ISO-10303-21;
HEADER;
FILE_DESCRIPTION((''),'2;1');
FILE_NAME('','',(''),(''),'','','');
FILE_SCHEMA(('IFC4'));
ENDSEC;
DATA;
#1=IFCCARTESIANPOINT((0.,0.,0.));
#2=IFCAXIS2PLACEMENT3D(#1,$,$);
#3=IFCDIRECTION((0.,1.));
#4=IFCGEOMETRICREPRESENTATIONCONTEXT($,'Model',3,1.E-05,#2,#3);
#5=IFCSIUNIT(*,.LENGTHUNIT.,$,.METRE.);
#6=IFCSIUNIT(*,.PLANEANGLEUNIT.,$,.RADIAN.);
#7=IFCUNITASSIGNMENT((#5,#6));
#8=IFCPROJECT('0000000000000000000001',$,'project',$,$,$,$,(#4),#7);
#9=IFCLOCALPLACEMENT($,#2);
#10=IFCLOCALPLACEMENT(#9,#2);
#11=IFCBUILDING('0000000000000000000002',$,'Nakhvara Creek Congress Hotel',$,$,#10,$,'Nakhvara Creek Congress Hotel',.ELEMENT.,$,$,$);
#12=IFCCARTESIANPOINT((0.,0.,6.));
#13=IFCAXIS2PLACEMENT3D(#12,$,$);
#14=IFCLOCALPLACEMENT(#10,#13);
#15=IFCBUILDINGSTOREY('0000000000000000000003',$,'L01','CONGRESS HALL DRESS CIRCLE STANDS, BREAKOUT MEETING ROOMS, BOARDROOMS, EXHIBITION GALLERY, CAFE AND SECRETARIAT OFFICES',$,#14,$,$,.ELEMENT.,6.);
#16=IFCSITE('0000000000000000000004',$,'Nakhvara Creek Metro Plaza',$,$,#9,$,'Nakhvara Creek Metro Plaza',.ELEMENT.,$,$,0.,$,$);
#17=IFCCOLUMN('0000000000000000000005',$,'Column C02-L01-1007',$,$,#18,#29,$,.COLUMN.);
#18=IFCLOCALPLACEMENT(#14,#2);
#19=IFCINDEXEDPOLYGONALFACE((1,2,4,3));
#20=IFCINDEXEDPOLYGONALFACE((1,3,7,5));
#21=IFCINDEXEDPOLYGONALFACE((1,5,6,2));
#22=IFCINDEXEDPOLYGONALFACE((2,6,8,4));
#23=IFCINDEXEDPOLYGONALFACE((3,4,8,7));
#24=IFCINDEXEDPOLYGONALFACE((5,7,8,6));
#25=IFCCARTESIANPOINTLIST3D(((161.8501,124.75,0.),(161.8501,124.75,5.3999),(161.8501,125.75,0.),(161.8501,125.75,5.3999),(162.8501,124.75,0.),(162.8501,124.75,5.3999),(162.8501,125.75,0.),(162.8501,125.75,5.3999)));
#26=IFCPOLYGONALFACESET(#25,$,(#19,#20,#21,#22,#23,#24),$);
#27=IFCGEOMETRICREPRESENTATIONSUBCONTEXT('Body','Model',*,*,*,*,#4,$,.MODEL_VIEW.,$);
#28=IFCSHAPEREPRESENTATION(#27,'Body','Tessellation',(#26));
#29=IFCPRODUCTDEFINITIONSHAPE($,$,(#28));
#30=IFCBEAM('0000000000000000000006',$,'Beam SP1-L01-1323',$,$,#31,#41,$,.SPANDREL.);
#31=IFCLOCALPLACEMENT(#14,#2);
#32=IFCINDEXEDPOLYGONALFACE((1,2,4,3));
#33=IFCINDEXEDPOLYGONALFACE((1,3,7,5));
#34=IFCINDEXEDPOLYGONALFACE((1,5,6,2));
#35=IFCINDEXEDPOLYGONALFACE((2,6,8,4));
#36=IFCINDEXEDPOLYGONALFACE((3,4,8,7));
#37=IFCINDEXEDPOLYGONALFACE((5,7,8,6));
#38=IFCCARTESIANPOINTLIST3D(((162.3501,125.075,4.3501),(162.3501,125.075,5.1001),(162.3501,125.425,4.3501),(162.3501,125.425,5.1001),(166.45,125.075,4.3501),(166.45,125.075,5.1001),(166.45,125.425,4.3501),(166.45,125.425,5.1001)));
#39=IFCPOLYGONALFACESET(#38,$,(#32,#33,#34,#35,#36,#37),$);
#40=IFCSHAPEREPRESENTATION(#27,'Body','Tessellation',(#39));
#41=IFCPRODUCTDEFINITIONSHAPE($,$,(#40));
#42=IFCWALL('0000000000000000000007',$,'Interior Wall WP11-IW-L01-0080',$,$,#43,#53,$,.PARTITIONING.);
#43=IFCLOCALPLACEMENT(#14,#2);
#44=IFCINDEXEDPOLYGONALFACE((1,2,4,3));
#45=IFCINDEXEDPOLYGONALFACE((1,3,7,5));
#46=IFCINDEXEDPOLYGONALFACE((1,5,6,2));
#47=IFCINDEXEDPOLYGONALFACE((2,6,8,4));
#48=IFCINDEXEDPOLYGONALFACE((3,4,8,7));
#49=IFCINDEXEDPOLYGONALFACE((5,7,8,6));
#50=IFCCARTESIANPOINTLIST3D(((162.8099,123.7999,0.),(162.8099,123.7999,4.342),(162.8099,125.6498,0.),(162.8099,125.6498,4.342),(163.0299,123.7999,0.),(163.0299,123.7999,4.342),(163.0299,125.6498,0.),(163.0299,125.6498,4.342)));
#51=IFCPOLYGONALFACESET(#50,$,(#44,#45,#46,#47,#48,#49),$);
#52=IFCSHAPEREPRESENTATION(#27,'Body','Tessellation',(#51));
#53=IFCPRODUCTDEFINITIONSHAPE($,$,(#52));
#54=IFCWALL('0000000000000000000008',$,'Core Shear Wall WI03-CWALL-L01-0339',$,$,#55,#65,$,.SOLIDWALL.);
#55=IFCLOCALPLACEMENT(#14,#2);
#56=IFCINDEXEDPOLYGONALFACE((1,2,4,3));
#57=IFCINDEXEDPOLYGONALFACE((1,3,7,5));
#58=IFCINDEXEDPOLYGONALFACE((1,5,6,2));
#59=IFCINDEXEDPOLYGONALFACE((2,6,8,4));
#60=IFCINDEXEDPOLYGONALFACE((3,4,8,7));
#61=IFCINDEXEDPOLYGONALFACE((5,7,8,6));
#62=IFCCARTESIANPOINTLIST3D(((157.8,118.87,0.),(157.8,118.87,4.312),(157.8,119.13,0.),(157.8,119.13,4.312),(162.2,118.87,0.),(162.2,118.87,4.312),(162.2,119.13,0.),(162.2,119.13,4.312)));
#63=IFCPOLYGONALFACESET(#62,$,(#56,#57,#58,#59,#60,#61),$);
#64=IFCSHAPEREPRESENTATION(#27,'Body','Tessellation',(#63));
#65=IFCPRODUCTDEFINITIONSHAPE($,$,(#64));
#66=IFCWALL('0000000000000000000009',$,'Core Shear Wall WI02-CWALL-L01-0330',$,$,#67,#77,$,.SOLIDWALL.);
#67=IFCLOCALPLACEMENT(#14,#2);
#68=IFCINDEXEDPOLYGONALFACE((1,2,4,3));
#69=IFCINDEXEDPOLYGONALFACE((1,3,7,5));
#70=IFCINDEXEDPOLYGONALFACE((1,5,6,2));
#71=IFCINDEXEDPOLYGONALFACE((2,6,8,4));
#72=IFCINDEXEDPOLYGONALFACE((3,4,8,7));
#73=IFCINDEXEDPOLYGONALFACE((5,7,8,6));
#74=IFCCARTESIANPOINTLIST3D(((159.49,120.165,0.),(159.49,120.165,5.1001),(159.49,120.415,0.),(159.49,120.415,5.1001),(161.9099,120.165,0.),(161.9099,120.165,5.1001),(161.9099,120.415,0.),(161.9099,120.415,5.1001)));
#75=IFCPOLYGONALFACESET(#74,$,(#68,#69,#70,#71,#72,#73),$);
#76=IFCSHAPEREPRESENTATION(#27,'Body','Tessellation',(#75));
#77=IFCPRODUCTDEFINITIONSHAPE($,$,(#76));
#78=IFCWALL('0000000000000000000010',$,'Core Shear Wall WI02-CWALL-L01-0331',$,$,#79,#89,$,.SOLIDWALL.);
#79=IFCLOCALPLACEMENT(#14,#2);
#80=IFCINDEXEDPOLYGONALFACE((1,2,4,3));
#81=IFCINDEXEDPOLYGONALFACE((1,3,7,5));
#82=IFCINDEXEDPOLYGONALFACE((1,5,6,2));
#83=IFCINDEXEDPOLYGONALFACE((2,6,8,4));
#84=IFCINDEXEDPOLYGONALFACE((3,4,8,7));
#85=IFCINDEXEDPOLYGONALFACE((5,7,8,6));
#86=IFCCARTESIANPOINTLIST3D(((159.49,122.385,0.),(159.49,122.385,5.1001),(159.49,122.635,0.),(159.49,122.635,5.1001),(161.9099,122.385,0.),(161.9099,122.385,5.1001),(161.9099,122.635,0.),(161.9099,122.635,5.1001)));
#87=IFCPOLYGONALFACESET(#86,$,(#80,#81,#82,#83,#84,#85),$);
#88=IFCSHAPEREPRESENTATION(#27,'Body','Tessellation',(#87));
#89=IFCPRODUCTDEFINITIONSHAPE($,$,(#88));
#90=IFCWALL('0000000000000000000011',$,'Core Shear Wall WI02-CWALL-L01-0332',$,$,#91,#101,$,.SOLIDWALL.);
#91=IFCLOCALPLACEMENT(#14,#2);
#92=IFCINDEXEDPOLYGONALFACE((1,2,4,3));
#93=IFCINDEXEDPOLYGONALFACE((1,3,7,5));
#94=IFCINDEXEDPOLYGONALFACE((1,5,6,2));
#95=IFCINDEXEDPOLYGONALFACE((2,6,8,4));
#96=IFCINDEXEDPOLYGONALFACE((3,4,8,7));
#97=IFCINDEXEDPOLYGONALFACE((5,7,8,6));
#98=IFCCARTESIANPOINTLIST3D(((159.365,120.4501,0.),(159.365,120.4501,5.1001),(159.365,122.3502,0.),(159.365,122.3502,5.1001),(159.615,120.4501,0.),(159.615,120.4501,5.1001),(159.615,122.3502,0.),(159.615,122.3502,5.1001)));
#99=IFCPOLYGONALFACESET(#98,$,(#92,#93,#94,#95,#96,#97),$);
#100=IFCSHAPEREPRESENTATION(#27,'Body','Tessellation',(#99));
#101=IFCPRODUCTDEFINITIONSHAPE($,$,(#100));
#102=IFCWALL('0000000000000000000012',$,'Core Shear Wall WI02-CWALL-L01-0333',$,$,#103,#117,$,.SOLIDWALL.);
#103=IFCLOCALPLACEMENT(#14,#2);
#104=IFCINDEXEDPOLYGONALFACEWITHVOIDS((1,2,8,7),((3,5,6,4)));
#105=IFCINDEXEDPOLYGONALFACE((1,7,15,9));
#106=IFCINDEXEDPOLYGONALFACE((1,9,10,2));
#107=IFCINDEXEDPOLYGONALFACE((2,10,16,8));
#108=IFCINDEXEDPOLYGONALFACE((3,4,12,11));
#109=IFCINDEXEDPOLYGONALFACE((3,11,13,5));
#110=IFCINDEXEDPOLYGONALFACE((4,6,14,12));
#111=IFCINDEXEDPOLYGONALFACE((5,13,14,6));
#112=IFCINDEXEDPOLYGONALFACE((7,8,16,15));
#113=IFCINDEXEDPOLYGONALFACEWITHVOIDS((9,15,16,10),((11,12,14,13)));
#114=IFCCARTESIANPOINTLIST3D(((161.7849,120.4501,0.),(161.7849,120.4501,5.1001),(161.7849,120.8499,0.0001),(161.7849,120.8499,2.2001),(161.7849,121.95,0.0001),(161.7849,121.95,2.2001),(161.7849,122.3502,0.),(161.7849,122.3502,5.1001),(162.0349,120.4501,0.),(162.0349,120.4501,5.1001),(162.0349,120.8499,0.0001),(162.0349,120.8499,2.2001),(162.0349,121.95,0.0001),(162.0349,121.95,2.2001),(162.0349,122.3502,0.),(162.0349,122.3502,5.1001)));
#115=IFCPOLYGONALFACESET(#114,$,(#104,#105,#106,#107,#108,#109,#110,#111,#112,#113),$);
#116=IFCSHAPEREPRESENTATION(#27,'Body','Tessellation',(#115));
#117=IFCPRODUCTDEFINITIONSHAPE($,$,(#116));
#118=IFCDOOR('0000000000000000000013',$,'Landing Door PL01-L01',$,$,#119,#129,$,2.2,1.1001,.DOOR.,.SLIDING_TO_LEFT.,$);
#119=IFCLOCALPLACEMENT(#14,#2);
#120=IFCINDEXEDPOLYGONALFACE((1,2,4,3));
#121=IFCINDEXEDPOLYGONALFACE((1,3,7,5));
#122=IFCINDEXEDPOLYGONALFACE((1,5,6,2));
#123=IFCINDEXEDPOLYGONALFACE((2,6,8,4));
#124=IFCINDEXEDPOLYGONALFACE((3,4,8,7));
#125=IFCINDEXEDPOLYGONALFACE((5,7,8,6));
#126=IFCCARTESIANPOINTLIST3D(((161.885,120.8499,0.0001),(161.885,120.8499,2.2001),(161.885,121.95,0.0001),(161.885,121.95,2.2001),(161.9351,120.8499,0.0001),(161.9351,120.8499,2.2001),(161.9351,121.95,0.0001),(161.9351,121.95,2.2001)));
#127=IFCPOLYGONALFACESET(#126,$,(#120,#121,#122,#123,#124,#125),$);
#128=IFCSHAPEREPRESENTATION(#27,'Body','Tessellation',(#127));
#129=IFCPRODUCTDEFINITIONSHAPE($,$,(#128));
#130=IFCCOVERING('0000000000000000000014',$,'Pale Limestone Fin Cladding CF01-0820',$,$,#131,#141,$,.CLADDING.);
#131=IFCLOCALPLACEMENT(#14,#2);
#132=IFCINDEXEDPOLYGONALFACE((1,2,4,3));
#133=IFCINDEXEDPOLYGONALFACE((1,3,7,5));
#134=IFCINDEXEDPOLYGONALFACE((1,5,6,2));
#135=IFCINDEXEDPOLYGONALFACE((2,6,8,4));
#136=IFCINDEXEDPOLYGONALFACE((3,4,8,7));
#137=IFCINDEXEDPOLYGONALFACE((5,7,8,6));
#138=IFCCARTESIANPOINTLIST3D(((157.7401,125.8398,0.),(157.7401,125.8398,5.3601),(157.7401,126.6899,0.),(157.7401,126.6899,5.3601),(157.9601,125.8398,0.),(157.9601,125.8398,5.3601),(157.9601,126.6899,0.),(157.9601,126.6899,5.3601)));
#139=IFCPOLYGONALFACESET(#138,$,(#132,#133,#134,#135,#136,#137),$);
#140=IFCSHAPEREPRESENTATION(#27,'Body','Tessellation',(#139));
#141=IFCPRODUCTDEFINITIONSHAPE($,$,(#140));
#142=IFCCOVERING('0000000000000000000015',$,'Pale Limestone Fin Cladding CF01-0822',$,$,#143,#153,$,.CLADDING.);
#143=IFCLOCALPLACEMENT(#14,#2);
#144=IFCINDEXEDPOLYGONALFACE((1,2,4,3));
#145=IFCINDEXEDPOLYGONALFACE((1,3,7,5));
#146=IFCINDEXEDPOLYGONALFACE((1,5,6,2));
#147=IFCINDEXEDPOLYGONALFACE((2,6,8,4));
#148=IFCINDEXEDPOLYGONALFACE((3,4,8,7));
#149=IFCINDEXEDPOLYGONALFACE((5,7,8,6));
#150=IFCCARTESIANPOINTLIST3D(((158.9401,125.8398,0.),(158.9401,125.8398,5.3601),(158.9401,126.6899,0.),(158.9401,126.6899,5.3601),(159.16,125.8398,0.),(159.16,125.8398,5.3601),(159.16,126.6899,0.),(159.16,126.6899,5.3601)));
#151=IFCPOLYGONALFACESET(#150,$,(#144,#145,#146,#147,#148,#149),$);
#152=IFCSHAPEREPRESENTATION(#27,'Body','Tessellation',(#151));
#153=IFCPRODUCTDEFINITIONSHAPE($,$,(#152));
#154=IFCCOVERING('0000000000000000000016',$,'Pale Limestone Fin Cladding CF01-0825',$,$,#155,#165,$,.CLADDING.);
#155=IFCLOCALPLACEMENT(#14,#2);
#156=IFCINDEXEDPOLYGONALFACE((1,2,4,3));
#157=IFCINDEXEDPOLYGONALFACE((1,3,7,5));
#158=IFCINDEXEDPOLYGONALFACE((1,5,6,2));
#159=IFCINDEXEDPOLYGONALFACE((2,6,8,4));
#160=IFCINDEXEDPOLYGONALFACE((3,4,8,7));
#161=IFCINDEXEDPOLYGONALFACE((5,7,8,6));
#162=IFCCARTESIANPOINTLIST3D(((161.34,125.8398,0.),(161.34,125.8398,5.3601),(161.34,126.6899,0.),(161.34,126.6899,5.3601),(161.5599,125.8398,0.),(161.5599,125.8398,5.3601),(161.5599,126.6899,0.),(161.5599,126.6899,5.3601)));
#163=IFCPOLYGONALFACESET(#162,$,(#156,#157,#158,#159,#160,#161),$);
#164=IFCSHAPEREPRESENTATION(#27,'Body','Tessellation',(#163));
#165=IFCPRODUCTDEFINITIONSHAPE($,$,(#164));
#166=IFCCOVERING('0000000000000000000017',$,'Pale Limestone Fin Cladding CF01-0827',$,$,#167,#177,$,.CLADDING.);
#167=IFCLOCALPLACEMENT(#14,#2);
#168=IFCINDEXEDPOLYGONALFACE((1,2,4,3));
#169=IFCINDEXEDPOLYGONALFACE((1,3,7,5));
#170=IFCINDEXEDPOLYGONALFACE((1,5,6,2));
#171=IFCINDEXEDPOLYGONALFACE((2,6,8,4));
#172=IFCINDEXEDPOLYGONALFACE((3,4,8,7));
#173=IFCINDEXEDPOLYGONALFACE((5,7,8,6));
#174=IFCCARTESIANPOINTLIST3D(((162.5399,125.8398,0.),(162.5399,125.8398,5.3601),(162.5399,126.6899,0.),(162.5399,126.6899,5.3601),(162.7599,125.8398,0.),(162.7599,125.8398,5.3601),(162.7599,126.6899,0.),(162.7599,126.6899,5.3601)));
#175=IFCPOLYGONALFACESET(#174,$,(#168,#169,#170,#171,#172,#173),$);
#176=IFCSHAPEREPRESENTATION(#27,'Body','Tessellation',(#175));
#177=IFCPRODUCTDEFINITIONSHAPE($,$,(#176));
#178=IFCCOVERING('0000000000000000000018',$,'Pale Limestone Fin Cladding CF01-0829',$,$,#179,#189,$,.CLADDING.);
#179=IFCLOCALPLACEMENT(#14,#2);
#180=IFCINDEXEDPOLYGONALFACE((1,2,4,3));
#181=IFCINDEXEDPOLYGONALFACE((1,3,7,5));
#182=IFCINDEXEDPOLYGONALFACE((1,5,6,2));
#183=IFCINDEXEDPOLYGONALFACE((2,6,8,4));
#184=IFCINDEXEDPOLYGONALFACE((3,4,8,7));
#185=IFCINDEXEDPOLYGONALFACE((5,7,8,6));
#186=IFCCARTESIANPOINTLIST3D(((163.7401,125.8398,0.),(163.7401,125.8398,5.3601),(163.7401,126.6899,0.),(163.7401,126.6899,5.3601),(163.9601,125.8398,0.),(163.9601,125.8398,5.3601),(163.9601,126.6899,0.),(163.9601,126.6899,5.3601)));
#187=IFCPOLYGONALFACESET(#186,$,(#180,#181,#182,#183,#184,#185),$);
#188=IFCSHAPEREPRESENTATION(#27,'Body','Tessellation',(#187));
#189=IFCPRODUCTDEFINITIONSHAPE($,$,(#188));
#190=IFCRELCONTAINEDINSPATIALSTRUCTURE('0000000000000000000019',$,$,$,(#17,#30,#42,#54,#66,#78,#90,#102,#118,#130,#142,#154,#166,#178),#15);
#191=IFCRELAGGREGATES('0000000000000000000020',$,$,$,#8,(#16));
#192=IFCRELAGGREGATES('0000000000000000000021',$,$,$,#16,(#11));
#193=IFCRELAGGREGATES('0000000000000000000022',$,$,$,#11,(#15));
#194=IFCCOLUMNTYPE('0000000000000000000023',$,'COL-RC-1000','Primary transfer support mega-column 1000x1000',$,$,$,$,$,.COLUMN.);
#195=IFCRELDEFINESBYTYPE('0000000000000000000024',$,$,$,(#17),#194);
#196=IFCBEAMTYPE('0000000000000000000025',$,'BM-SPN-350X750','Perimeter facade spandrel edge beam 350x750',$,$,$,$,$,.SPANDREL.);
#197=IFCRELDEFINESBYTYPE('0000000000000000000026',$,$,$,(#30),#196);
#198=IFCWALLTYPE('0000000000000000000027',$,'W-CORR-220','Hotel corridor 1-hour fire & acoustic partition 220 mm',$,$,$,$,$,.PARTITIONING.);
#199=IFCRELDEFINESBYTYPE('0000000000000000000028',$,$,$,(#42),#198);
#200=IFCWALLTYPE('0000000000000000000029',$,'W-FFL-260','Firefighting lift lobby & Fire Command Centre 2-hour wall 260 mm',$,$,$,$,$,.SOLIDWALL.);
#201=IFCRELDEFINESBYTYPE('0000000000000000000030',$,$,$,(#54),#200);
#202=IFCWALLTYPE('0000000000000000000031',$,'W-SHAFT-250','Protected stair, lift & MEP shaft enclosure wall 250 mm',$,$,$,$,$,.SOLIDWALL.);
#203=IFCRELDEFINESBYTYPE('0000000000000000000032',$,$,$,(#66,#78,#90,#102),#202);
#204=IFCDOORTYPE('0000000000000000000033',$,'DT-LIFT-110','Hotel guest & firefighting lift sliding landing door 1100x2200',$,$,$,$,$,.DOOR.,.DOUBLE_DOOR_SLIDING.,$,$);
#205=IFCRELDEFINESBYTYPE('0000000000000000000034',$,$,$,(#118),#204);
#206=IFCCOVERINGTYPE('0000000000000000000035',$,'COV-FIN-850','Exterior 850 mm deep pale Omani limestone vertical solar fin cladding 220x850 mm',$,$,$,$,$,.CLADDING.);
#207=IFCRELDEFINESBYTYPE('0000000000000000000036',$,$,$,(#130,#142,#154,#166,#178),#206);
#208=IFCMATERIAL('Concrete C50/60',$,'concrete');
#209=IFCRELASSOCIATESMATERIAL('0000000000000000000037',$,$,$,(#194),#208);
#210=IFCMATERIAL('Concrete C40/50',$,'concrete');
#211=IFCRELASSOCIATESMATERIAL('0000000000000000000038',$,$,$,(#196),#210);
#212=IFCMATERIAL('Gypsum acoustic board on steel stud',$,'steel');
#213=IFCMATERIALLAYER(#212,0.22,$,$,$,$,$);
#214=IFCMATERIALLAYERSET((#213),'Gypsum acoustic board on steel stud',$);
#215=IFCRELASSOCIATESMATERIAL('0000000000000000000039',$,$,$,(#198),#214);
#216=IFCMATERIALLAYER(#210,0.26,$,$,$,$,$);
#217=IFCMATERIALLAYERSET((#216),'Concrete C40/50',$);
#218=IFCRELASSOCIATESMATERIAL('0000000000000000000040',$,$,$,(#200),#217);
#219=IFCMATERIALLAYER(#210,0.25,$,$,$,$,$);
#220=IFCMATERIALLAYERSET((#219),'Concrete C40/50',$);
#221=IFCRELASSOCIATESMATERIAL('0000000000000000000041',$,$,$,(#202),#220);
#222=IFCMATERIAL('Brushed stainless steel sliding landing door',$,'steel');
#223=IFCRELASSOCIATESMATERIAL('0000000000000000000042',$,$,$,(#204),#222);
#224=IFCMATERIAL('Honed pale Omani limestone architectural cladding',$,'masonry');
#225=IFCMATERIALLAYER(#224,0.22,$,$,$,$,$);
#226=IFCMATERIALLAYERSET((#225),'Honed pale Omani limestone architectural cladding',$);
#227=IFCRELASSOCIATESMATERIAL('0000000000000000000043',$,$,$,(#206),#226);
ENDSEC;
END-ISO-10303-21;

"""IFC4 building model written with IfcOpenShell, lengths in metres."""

from ifc_helpers import new_model, si_unit, direction, frame, frame_2d, origin, origin_2d, place, context, subcontext, project, spatial, rectangle, extrude, material, layer, layer_set, material_profile, profile_set, type_object, element, fill, save


model = new_model("IFC4")

# Units and contexts
model_context = context("Model", 3, precision=1e-05, world=origin(), true_north=direction((0.0, 1.0)))
body_context = subcontext(model_context, "Body", "Model", "MODEL_VIEW")
ifc_project = project(units=[si_unit("LENGTHUNIT", "METRE"), si_unit("PLANEANGLEUNIT", "RADIAN")], contexts=[model_context])

# Site, building, storey
site_placement = place(None, origin())
site = spatial("IfcSite", under=ifc_project, at=site_placement, Name="Nakhvara Creek Metro Plaza", LongName="Nakhvara Creek Metro Plaza", CompositionType="ELEMENT", RefElevation=0.0)
building_placement = place(site_placement, origin())
building = spatial("IfcBuilding", under=site, at=building_placement, Name="Nakhvara Creek Congress Hotel", LongName="Nakhvara Creek Congress Hotel", CompositionType="ELEMENT")
storey_placement = place(building_placement, frame((0.0, 0.0, 6.0)))
storey = spatial("IfcBuildingStorey", under=building, at=storey_placement, Name="L01", Description="CONGRESS HALL DRESS CIRCLE STANDS, BREAKOUT MEETING ROOMS, BOARDROOMS, EXHIBITION GALLERY, CAFE AND SECRETARIAT OFFICES", CompositionType="ELEMENT", Elevation=6.0)

# Column
ifc_material_1 = material(Name="Concrete C50/60", Category="concrete")
ifc_material_profile_1 = material_profile(ifc_material_1, rectangle(XDim=1.0, YDim=1.0, at=origin_2d()), Name="RC-COL 1000x1000", Category="LoadBearing")
ifc_profile_set_1 = profile_set([ifc_material_profile_1], Name="Concrete C50/60")
column_type = type_object("IfcColumnType", Name="COL-RC-1000", Description="Primary transfer support mega-column 1000x1000", PredefinedType="COLUMN", material=ifc_profile_set_1)
column_placement = place(storey_placement, frame((162.3501, 125.25, 0.0), z_axis=(0.0, 0.0, 1.0), x_axis=(1.0, 0.0, 0.0)))
element("IfcColumn", 1, at=column_placement, inside=storey, type_object=column_type, Name="Column C02-L01-1007", PredefinedType="COLUMN", context=body_context, shape_type="SweptSolid", body=[
    extrude(rectangle(XDim=1.0, YDim=1.0, at=origin_2d()), origin(), (0.0, 0.0, 1.0), 5.3999),
])

# Beam
ifc_material_2 = material(Name="Concrete C40/50", Category="concrete")
ifc_material_profile_2 = material_profile(ifc_material_2, rectangle(XDim=0.3501, YDim=0.75, at=origin_2d()), Name="RC-SPANDREL 350x750", Category="LoadBearing")
ifc_profile_set_2 = profile_set([ifc_material_profile_2], Name="Concrete C40/50")
beam_type = type_object("IfcBeamType", Name="BM-SPN-350X750", Description="Perimeter facade spandrel edge beam 350x750", PredefinedType="SPANDREL", material=ifc_profile_set_2)
beam_placement = place(storey_placement, frame((162.3501, 125.25, 4.7251), z_axis=(1.0, 0.0, 0.0), x_axis=(0.0, 1.0, 0.0)))
element("IfcBeam", 2, at=beam_placement, inside=storey, type_object=beam_type, Name="Beam SP1-L01-1323", PredefinedType="SPANDREL", context=body_context, shape_type="SweptSolid", body=[
    extrude(rectangle(XDim=0.3501, YDim=0.75, at=origin_2d()), origin(), (0.0, 0.0, 1.0), 4.0999),
])

# Walls
ifc_material_3 = material(Name="Gypsum acoustic board on steel stud", Category="steel")
ifc_layer_1 = layer(ifc_material_3, 0.22)
ifc_layer_set_1 = layer_set([ifc_layer_1], Name="Gypsum acoustic board on steel stud")
wall_type_1 = type_object("IfcWallType", Name="W-CORR-220", Description="Hotel corridor 1-hour fire & acoustic partition 220 mm", PredefinedType="PARTITIONING", material=ifc_layer_set_1)
wall_1_placement = place(storey_placement, frame((162.9199, 123.8, 0.0), z_axis=(0.0, 0.0, 1.0), x_axis=(0.0, 1.0, 0.0)))
element("IfcWall", 3, at=wall_1_placement, inside=storey, type_object=wall_type_1, Name="Interior Wall WP11-IW-L01-0080", PredefinedType="PARTITIONING", context=body_context, shape_type="SweptSolid", body=[
    extrude(rectangle(XDim=1.8499, YDim=0.22, at=frame_2d((0.9248, 0.0))), origin(), (0.0, 0.0, 1.0), 4.342),
])
ifc_layer_2 = layer(ifc_material_2, 0.26)
ifc_layer_set_2 = layer_set([ifc_layer_2], Name="Concrete C40/50")
wall_type_2 = type_object("IfcWallType", Name="W-FFL-260", Description="Firefighting lift lobby & Fire Command Centre 2-hour wall 260 mm", PredefinedType="SOLIDWALL", material=ifc_layer_set_2)
wall_2_placement = place(storey_placement, frame((157.8, 119.0, 0.0), z_axis=(0.0, 0.0, 1.0), x_axis=(1.0, 0.0, 0.0)))
element("IfcWall", 4, at=wall_2_placement, inside=storey, type_object=wall_type_2, Name="Core Shear Wall WI03-CWALL-L01-0339", PredefinedType="SOLIDWALL", context=body_context, shape_type="SweptSolid", body=[
    extrude(rectangle(XDim=4.3999, YDim=0.26, at=frame_2d((2.2, 0.0))), origin(), (0.0, 0.0, 1.0), 4.312),
])
ifc_layer_3 = layer(ifc_material_2, 0.25)
ifc_layer_set_3 = layer_set([ifc_layer_3], Name="Concrete C40/50")
wall_type_3 = type_object("IfcWallType", Name="W-SHAFT-250", Description="Protected stair, lift & MEP shaft enclosure wall 250 mm", PredefinedType="SOLIDWALL", material=ifc_layer_set_3)
for number, where, z_axis, x_axis, name in (
    (5, (159.49, 120.29, 0.0), (0.0, 0.0, 1.0), (1.0, 0.0, 0.0), "Core Shear Wall WI02-CWALL-L01-0330"),
    (6, (159.49, 122.51, 0.0), (0.0, 0.0, 1.0), (1.0, 0.0, 0.0), "Core Shear Wall WI02-CWALL-L01-0331"),
):
    element("IfcWall", number, at=place(storey_placement, frame(where, z_axis=z_axis, x_axis=x_axis)), inside=storey, type_object=wall_type_3, Name=name, PredefinedType="SOLIDWALL", context=body_context, shape_type="SweptSolid", body=[
        extrude(rectangle(XDim=2.4199, YDim=0.25, at=frame_2d((1.21, 0.0))), origin(), (0.0, 0.0, 1.0), 5.1001),
    ])
wall_3_placement = place(storey_placement, frame((159.49, 120.45, 0.0), z_axis=(0.0, 0.0, 1.0), x_axis=(0.0, 1.0, 0.0)))
element("IfcWall", 7, at=wall_3_placement, inside=storey, type_object=wall_type_3, Name="Core Shear Wall WI02-CWALL-L01-0332", PredefinedType="SOLIDWALL", context=body_context, shape_type="SweptSolid", body=[
    extrude(rectangle(XDim=1.9001, YDim=0.25, at=frame_2d((0.9502, 0.0))), origin(), (0.0, 0.0, 1.0), 5.1001),
])

# Wall, opening, door
wall_4_placement = place(storey_placement, frame((161.9099, 120.45, 0.0), z_axis=(0.0, 0.0, 1.0), x_axis=(0.0, 1.0, 0.0)))
wall_4 = element("IfcWall", 8, at=wall_4_placement, inside=storey, type_object=wall_type_3, Name="Core Shear Wall WI02-CWALL-L01-0333", PredefinedType="SOLIDWALL", context=body_context, shape_type="SweptSolid", body=[
    extrude(rectangle(XDim=1.9001, YDim=0.25, at=frame_2d((0.9502, 0.0))), origin(), (0.0, 0.0, 1.0), 5.1001),
])
opening_placement = place(wall_4_placement, frame((0.3999, 0.0, 0.0)))
opening = element("IfcOpeningElement", 9, at=opening_placement, cuts=wall_4, PredefinedType="OPENING", context=body_context, shape_type="SweptSolid", body=[
    extrude(rectangle(XDim=1.1001, YDim=2.2, at=frame_2d((0.55, 1.1001))), frame((0.0, 0.137, 0.0), z_axis=(0.0, -1.0, 0.0), x_axis=(1.0, 0.0, 0.0)), (0.0, 0.0, 1.0), 0.2739),
])
ifc_material_4 = material(Name="Brushed stainless steel sliding landing door", Category="steel")
door_type = type_object("IfcDoorType", Name="DT-LIFT-110", Description="Hotel guest & firefighting lift sliding landing door 1100x2200", OperationType="DOUBLE_DOOR_SLIDING", PredefinedType="DOOR", material=ifc_material_4)
door_placement = place(opening_placement, origin())
door = element("IfcDoor", 10, at=door_placement, inside=storey, type_object=door_type, Name="Landing Door PL01-L01", OperationType="SLIDING_TO_LEFT", OverallHeight=2.2, OverallWidth=1.1001, PredefinedType="DOOR", context=body_context, shape_type="SweptSolid", body=[
    extrude(rectangle(XDim=1.1001, YDim=2.2, at=frame_2d((0.55, 1.1001))), frame((0.0, 0.0249, 0.0), z_axis=(0.0, -1.0, 0.0), x_axis=(1.0, 0.0, 0.0)), (0.0, 0.0, 1.0), 0.05),
])
fill(opening, door)

# Coverings
ifc_material_5 = material(Name="Honed pale Omani limestone architectural cladding", Category="masonry")
ifc_layer_4 = layer(ifc_material_5, 0.22)
ifc_layer_set_4 = layer_set([ifc_layer_4], Name="Honed pale Omani limestone architectural cladding")
covering_type_1 = type_object("IfcCoveringType", Name="COV-FIN-850", Description="Exterior 850 mm deep pale Omani limestone vertical solar fin cladding 220x850 mm", PredefinedType="CLADDING", material=ifc_layer_set_4)
for number, where, z_axis, x_axis, name in (
    (11, (157.8501, 126.2649, 0.0), (0.0, 0.0, 1.0), (1.0, 0.0, 0.0), "Pale Limestone Fin Cladding CF01-0820"),
    (12, (159.05, 126.2649, 0.0), (0.0, 0.0, 1.0), (1.0, 0.0, 0.0), "Pale Limestone Fin Cladding CF01-0822"),
    (13, (161.45, 126.2649, 0.0), (0.0, 0.0, 1.0), (1.0, 0.0, 0.0), "Pale Limestone Fin Cladding CF01-0825"),
    (14, (162.6499, 126.2649, 0.0), (0.0, 0.0, 1.0), (1.0, 0.0, 0.0), "Pale Limestone Fin Cladding CF01-0827"),
    (15, (163.8501, 126.2649, 0.0), (0.0, 0.0, 1.0), (1.0, 0.0, 0.0), "Pale Limestone Fin Cladding CF01-0829"),
):
    element("IfcCovering", number, at=place(storey_placement, frame(where, z_axis=z_axis, x_axis=x_axis)), inside=storey, type_object=covering_type_1, Name=name, PredefinedType="CLADDING", context=body_context, shape_type="SweptSolid", body=[
        extrude(rectangle(XDim=0.22, YDim=0.8501, at=origin_2d()), origin(), (0.0, 0.0, 1.0), 5.3601),
    ])

save(model, "model.ifc")
